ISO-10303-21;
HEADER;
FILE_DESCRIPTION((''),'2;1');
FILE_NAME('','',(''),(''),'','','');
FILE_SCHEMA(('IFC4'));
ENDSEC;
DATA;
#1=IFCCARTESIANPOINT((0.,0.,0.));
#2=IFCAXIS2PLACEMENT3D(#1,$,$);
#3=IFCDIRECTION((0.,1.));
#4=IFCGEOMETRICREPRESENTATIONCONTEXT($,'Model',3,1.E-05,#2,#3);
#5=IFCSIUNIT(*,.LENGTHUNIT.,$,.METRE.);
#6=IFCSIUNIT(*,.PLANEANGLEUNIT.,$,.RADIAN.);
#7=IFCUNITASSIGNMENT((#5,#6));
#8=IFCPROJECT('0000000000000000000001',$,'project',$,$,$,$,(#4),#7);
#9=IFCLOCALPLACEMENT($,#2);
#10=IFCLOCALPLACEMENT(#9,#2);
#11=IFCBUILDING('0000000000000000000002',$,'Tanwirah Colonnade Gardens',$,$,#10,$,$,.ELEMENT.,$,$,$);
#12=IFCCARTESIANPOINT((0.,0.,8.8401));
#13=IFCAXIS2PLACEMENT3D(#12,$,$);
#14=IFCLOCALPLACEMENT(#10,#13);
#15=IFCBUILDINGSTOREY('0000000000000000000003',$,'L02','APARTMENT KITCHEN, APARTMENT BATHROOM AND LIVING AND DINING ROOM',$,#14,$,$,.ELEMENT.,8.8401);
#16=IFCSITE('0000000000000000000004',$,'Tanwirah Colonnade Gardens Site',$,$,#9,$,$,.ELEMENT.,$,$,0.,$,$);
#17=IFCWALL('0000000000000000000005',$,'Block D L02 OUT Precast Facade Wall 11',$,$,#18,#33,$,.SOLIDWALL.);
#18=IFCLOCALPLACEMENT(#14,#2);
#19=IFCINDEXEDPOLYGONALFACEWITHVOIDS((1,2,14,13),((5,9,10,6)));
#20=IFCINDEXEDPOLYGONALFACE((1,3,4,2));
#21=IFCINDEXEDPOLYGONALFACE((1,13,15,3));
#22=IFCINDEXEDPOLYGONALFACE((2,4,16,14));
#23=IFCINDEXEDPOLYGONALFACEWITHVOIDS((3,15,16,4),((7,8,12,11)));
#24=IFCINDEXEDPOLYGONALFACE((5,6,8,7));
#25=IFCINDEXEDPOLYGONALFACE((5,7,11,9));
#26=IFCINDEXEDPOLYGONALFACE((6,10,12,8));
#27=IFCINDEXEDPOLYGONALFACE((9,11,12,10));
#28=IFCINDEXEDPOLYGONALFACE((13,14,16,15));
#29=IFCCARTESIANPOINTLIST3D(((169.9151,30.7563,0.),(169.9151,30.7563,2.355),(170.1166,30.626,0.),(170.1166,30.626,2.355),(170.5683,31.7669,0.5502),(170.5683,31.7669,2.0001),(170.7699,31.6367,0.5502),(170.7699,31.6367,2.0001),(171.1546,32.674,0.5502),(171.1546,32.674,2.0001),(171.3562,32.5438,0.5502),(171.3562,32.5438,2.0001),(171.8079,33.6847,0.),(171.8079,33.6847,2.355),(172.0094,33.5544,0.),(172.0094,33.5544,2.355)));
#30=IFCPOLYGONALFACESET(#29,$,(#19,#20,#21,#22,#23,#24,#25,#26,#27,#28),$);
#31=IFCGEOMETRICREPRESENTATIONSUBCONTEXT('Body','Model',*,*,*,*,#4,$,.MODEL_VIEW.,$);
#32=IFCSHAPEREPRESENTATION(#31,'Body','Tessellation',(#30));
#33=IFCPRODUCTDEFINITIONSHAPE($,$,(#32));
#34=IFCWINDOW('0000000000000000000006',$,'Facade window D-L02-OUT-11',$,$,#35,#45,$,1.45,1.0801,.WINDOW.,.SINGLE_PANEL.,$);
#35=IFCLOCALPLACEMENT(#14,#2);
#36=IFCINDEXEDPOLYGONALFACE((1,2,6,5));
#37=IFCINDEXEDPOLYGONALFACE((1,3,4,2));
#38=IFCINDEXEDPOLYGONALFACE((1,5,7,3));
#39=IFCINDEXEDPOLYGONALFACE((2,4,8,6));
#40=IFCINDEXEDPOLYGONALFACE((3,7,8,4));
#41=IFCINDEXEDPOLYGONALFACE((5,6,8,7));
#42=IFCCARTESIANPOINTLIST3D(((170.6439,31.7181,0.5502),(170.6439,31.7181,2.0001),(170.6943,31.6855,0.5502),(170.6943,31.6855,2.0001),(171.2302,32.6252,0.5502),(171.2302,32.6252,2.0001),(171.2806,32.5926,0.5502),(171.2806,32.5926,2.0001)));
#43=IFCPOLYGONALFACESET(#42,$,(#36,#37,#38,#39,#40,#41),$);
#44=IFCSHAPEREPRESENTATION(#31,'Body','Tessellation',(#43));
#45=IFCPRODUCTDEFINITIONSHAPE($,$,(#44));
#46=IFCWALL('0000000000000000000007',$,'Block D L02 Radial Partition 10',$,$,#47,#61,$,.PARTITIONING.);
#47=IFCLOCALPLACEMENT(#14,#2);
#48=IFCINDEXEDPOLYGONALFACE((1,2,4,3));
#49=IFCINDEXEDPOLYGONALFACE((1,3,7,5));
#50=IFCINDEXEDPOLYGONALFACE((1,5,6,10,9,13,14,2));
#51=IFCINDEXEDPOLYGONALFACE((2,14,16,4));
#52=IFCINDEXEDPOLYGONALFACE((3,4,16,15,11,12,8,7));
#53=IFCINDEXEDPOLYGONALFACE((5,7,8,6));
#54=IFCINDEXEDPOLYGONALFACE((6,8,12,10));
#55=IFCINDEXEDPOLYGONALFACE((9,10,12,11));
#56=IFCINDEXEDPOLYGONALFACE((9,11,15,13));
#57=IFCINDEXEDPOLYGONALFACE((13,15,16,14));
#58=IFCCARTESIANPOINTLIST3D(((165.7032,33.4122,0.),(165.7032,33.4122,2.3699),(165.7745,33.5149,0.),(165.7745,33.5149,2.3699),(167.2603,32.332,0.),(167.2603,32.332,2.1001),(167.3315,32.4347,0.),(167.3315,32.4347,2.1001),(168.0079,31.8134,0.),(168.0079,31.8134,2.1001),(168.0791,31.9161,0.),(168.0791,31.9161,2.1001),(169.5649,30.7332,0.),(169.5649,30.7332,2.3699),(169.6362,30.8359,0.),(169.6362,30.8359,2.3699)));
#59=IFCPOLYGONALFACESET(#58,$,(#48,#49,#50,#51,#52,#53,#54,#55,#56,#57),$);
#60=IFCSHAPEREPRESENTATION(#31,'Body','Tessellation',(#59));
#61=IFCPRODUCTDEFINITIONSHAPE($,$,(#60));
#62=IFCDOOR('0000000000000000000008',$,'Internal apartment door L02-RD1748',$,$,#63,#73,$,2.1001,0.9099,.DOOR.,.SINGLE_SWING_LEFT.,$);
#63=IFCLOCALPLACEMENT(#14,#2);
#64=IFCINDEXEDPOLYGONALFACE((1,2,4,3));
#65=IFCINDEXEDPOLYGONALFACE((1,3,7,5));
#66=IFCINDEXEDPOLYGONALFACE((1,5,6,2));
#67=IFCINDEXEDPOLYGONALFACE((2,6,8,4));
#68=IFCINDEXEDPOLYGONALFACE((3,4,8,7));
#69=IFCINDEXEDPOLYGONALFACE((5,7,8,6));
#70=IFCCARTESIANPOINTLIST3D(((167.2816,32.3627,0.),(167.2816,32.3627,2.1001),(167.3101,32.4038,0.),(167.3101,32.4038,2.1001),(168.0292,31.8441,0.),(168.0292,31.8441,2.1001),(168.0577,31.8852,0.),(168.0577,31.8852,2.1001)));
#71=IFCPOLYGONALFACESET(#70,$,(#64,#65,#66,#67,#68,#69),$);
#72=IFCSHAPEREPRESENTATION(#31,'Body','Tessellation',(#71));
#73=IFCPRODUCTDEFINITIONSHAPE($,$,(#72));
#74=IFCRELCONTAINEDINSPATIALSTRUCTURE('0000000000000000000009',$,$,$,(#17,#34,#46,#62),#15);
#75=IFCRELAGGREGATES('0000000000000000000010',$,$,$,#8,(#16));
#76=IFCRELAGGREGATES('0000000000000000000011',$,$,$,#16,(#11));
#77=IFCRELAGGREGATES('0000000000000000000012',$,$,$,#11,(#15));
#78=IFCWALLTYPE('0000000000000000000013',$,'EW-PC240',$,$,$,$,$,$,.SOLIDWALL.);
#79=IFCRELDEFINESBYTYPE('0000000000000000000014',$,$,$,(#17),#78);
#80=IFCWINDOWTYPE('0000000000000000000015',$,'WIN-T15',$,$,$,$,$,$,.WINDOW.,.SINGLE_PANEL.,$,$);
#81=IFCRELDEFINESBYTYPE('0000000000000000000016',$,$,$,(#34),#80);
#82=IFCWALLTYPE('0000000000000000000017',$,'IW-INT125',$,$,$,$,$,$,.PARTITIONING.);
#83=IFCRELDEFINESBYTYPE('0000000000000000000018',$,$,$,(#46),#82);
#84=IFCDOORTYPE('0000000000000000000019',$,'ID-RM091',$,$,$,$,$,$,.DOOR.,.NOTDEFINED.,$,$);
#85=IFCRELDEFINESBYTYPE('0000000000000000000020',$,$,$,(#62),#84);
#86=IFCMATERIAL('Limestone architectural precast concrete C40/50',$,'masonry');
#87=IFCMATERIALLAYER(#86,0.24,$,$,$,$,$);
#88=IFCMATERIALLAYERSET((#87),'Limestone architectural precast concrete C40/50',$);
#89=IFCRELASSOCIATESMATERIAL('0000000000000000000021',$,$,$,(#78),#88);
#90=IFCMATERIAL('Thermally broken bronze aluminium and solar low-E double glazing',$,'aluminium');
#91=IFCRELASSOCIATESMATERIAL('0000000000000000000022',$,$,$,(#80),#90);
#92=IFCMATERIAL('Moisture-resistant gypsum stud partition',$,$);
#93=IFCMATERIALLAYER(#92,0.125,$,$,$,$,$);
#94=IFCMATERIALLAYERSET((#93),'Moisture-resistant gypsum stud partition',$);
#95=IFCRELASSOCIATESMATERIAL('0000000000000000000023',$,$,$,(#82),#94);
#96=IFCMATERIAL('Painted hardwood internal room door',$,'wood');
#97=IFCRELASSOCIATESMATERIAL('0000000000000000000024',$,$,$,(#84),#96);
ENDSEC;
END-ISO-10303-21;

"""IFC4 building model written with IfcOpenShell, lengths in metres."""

from ifc_helpers import new_model, si_unit, direction, frame, frame_2d, origin, place, context, subcontext, project, spatial, rectangle, extrude, material, layer, layer_set, type_object, element, fill, save


model = new_model("IFC4")

# Units and contexts
model_context = context("Model", 3, precision=1e-05, world=origin(), true_north=direction((0.0, 1.0)))
body_context = subcontext(model_context, "Body", "Model", "MODEL_VIEW")
ifc_project = project(units=[si_unit("LENGTHUNIT", "METRE"), si_unit("PLANEANGLEUNIT", "RADIAN")], contexts=[model_context])

# Site, building, storey
site_placement = place(None, origin())
site = spatial("IfcSite", under=ifc_project, at=site_placement, Name="Tanwirah Colonnade Gardens Site", CompositionType="ELEMENT", RefElevation=0.0)
building_placement = place(site_placement, origin())
building = spatial("IfcBuilding", under=site, at=building_placement, Name="Tanwirah Colonnade Gardens", CompositionType="ELEMENT")
storey_placement = place(building_placement, frame((0.0, 0.0, 8.8401)))
storey = spatial("IfcBuildingStorey", under=building, at=storey_placement, Name="L02", Description="APARTMENT KITCHEN, APARTMENT BATHROOM AND LIVING AND DINING ROOM", CompositionType="ELEMENT", Elevation=8.8401)

# Shared definitions
ifc_material_1 = material(Name="Limestone architectural precast concrete C40/50", Category="masonry")
ifc_layer_1 = layer(ifc_material_1, 0.24)
ifc_layer_set_1 = layer_set([ifc_layer_1], Name="Limestone architectural precast concrete C40/50")
wall_type_1 = type_object("IfcWallType", Name="EW-PC240", PredefinedType="SOLIDWALL", material=ifc_layer_set_1)

# Wall, opening, window
wall_1_placement = place(storey_placement, frame((170.0159, 30.6912, 0.0), z_axis=(0.0, 0.0, 1.0), x_axis=(0.542833, 0.839841, 0.0)))
wall_1 = element("IfcWall", 1, at=wall_1_placement, inside=storey, type_object=wall_type_1, Name="Block D L02 OUT Precast Facade Wall 11", PredefinedType="SOLIDWALL", context=body_context, shape_type="SweptSolid", body=[
    extrude(rectangle(XDim=3.4868, YDim=0.24, at=frame_2d((1.7434, 0.0))), origin(), (0.0, 0.0, 1.0), 2.355),
])
opening_1_placement = place(wall_1_placement, frame((1.2034, 0.0, 0.55)))
opening_1 = element("IfcOpeningElement", 2, at=opening_1_placement, cuts=wall_1, PredefinedType="OPENING", context=body_context, shape_type="SweptSolid", body=[
    extrude(rectangle(XDim=1.0801, YDim=1.45, at=frame_2d((0.54, 0.7251))), frame((0.0, 0.1299, 0.0), z_axis=(0.0, -1.0, 0.0), x_axis=(1.0, 0.0, 0.0)), (0.0, 0.0, 1.0), 0.26),
])
ifc_material_2 = material(Name="Thermally broken bronze aluminium and solar low-E double glazing", Category="aluminium")
window_type = type_object("IfcWindowType", Name="WIN-T15", PartitioningType="SINGLE_PANEL", PredefinedType="WINDOW", material=ifc_material_2)
window_placement = place(opening_1_placement, origin())
window = element("IfcWindow", 3, at=window_placement, inside=storey, type_object=window_type, Name="Facade window D-L02-OUT-11", OverallHeight=1.45, OverallWidth=1.0801, PartitioningType="SINGLE_PANEL", PredefinedType="WINDOW", context=body_context, shape_type="SweptSolid", body=[
    extrude(rectangle(XDim=1.0801, YDim=1.45, at=frame_2d((0.54, 0.7251))), frame((0.0, 0.03, 0.0), z_axis=(0.0, -1.0, 0.0), x_axis=(1.0, 0.0, 0.0)), (0.0, 0.0, 1.0), 0.0601),
])
fill(opening_1, window)

# Wall, opening, door
ifc_material_3 = material(Name="Moisture-resistant gypsum stud partition")
ifc_layer_2 = layer(ifc_material_3, 0.125)
ifc_layer_set_2 = layer_set([ifc_layer_2], Name="Moisture-resistant gypsum stud partition")
wall_type_2 = type_object("IfcWallType", Name="IW-INT125", PredefinedType="PARTITIONING", material=ifc_layer_set_2)
wall_2_placement = place(storey_placement, frame((165.7388, 33.4636, 0.0), z_axis=(0.0, 0.0, 1.0), x_axis=(0.821638, -0.570009, 0.0)))
wall_2 = element("IfcWall", 4, at=wall_2_placement, inside=storey, type_object=wall_type_2, Name="Block D L02 Radial Partition 10", PredefinedType="PARTITIONING", context=body_context, shape_type="SweptSolid", body=[
    extrude(rectangle(XDim=4.7, YDim=0.125, at=frame_2d((2.3501, 0.0))), origin(), (0.0, 0.0, 1.0), 2.3699),
])
opening_2_placement = place(wall_2_placement, frame((1.895, 0.0, 0.0)))
opening_2 = element("IfcOpeningElement", 5, at=opening_2_placement, cuts=wall_2, PredefinedType="OPENING", context=body_context, shape_type="SweptSolid", body=[
    extrude(rectangle(XDim=0.9099, YDim=2.1001, at=frame_2d((0.4551, 1.05))), frame((0.0, 0.0725, 0.0), z_axis=(0.0, -1.0, 0.0), x_axis=(1.0, 0.0, 0.0)), (0.0, 0.0, 1.0), 0.145),
])
ifc_material_4 = material(Name="Painted hardwood internal room door", Category="wood")
door_type_1 = type_object("IfcDoorType", Name="ID-RM091", OperationType="NOTDEFINED", PredefinedType="DOOR", material=ifc_material_4)
door_1_placement = place(opening_2_placement, origin())
door_1 = element("IfcDoor", 6, at=door_1_placement, inside=storey, type_object=door_type_1, Name="Internal apartment door L02-RD1748", OperationType="SINGLE_SWING_LEFT", OverallHeight=2.1001, OverallWidth=0.9099, PredefinedType="DOOR", context=body_context, shape_type="SweptSolid", body=[
    extrude(rectangle(XDim=0.9099, YDim=2.1001, at=frame_2d((0.4551, 1.05))), frame((0.0, 0.0249, 0.0), z_axis=(0.0, -1.0, 0.0), x_axis=(1.0, 0.0, 0.0)), (0.0, 0.0, 1.0), 0.05),
])
fill(opening_2, door_1)

save(model, "model.ifc")
